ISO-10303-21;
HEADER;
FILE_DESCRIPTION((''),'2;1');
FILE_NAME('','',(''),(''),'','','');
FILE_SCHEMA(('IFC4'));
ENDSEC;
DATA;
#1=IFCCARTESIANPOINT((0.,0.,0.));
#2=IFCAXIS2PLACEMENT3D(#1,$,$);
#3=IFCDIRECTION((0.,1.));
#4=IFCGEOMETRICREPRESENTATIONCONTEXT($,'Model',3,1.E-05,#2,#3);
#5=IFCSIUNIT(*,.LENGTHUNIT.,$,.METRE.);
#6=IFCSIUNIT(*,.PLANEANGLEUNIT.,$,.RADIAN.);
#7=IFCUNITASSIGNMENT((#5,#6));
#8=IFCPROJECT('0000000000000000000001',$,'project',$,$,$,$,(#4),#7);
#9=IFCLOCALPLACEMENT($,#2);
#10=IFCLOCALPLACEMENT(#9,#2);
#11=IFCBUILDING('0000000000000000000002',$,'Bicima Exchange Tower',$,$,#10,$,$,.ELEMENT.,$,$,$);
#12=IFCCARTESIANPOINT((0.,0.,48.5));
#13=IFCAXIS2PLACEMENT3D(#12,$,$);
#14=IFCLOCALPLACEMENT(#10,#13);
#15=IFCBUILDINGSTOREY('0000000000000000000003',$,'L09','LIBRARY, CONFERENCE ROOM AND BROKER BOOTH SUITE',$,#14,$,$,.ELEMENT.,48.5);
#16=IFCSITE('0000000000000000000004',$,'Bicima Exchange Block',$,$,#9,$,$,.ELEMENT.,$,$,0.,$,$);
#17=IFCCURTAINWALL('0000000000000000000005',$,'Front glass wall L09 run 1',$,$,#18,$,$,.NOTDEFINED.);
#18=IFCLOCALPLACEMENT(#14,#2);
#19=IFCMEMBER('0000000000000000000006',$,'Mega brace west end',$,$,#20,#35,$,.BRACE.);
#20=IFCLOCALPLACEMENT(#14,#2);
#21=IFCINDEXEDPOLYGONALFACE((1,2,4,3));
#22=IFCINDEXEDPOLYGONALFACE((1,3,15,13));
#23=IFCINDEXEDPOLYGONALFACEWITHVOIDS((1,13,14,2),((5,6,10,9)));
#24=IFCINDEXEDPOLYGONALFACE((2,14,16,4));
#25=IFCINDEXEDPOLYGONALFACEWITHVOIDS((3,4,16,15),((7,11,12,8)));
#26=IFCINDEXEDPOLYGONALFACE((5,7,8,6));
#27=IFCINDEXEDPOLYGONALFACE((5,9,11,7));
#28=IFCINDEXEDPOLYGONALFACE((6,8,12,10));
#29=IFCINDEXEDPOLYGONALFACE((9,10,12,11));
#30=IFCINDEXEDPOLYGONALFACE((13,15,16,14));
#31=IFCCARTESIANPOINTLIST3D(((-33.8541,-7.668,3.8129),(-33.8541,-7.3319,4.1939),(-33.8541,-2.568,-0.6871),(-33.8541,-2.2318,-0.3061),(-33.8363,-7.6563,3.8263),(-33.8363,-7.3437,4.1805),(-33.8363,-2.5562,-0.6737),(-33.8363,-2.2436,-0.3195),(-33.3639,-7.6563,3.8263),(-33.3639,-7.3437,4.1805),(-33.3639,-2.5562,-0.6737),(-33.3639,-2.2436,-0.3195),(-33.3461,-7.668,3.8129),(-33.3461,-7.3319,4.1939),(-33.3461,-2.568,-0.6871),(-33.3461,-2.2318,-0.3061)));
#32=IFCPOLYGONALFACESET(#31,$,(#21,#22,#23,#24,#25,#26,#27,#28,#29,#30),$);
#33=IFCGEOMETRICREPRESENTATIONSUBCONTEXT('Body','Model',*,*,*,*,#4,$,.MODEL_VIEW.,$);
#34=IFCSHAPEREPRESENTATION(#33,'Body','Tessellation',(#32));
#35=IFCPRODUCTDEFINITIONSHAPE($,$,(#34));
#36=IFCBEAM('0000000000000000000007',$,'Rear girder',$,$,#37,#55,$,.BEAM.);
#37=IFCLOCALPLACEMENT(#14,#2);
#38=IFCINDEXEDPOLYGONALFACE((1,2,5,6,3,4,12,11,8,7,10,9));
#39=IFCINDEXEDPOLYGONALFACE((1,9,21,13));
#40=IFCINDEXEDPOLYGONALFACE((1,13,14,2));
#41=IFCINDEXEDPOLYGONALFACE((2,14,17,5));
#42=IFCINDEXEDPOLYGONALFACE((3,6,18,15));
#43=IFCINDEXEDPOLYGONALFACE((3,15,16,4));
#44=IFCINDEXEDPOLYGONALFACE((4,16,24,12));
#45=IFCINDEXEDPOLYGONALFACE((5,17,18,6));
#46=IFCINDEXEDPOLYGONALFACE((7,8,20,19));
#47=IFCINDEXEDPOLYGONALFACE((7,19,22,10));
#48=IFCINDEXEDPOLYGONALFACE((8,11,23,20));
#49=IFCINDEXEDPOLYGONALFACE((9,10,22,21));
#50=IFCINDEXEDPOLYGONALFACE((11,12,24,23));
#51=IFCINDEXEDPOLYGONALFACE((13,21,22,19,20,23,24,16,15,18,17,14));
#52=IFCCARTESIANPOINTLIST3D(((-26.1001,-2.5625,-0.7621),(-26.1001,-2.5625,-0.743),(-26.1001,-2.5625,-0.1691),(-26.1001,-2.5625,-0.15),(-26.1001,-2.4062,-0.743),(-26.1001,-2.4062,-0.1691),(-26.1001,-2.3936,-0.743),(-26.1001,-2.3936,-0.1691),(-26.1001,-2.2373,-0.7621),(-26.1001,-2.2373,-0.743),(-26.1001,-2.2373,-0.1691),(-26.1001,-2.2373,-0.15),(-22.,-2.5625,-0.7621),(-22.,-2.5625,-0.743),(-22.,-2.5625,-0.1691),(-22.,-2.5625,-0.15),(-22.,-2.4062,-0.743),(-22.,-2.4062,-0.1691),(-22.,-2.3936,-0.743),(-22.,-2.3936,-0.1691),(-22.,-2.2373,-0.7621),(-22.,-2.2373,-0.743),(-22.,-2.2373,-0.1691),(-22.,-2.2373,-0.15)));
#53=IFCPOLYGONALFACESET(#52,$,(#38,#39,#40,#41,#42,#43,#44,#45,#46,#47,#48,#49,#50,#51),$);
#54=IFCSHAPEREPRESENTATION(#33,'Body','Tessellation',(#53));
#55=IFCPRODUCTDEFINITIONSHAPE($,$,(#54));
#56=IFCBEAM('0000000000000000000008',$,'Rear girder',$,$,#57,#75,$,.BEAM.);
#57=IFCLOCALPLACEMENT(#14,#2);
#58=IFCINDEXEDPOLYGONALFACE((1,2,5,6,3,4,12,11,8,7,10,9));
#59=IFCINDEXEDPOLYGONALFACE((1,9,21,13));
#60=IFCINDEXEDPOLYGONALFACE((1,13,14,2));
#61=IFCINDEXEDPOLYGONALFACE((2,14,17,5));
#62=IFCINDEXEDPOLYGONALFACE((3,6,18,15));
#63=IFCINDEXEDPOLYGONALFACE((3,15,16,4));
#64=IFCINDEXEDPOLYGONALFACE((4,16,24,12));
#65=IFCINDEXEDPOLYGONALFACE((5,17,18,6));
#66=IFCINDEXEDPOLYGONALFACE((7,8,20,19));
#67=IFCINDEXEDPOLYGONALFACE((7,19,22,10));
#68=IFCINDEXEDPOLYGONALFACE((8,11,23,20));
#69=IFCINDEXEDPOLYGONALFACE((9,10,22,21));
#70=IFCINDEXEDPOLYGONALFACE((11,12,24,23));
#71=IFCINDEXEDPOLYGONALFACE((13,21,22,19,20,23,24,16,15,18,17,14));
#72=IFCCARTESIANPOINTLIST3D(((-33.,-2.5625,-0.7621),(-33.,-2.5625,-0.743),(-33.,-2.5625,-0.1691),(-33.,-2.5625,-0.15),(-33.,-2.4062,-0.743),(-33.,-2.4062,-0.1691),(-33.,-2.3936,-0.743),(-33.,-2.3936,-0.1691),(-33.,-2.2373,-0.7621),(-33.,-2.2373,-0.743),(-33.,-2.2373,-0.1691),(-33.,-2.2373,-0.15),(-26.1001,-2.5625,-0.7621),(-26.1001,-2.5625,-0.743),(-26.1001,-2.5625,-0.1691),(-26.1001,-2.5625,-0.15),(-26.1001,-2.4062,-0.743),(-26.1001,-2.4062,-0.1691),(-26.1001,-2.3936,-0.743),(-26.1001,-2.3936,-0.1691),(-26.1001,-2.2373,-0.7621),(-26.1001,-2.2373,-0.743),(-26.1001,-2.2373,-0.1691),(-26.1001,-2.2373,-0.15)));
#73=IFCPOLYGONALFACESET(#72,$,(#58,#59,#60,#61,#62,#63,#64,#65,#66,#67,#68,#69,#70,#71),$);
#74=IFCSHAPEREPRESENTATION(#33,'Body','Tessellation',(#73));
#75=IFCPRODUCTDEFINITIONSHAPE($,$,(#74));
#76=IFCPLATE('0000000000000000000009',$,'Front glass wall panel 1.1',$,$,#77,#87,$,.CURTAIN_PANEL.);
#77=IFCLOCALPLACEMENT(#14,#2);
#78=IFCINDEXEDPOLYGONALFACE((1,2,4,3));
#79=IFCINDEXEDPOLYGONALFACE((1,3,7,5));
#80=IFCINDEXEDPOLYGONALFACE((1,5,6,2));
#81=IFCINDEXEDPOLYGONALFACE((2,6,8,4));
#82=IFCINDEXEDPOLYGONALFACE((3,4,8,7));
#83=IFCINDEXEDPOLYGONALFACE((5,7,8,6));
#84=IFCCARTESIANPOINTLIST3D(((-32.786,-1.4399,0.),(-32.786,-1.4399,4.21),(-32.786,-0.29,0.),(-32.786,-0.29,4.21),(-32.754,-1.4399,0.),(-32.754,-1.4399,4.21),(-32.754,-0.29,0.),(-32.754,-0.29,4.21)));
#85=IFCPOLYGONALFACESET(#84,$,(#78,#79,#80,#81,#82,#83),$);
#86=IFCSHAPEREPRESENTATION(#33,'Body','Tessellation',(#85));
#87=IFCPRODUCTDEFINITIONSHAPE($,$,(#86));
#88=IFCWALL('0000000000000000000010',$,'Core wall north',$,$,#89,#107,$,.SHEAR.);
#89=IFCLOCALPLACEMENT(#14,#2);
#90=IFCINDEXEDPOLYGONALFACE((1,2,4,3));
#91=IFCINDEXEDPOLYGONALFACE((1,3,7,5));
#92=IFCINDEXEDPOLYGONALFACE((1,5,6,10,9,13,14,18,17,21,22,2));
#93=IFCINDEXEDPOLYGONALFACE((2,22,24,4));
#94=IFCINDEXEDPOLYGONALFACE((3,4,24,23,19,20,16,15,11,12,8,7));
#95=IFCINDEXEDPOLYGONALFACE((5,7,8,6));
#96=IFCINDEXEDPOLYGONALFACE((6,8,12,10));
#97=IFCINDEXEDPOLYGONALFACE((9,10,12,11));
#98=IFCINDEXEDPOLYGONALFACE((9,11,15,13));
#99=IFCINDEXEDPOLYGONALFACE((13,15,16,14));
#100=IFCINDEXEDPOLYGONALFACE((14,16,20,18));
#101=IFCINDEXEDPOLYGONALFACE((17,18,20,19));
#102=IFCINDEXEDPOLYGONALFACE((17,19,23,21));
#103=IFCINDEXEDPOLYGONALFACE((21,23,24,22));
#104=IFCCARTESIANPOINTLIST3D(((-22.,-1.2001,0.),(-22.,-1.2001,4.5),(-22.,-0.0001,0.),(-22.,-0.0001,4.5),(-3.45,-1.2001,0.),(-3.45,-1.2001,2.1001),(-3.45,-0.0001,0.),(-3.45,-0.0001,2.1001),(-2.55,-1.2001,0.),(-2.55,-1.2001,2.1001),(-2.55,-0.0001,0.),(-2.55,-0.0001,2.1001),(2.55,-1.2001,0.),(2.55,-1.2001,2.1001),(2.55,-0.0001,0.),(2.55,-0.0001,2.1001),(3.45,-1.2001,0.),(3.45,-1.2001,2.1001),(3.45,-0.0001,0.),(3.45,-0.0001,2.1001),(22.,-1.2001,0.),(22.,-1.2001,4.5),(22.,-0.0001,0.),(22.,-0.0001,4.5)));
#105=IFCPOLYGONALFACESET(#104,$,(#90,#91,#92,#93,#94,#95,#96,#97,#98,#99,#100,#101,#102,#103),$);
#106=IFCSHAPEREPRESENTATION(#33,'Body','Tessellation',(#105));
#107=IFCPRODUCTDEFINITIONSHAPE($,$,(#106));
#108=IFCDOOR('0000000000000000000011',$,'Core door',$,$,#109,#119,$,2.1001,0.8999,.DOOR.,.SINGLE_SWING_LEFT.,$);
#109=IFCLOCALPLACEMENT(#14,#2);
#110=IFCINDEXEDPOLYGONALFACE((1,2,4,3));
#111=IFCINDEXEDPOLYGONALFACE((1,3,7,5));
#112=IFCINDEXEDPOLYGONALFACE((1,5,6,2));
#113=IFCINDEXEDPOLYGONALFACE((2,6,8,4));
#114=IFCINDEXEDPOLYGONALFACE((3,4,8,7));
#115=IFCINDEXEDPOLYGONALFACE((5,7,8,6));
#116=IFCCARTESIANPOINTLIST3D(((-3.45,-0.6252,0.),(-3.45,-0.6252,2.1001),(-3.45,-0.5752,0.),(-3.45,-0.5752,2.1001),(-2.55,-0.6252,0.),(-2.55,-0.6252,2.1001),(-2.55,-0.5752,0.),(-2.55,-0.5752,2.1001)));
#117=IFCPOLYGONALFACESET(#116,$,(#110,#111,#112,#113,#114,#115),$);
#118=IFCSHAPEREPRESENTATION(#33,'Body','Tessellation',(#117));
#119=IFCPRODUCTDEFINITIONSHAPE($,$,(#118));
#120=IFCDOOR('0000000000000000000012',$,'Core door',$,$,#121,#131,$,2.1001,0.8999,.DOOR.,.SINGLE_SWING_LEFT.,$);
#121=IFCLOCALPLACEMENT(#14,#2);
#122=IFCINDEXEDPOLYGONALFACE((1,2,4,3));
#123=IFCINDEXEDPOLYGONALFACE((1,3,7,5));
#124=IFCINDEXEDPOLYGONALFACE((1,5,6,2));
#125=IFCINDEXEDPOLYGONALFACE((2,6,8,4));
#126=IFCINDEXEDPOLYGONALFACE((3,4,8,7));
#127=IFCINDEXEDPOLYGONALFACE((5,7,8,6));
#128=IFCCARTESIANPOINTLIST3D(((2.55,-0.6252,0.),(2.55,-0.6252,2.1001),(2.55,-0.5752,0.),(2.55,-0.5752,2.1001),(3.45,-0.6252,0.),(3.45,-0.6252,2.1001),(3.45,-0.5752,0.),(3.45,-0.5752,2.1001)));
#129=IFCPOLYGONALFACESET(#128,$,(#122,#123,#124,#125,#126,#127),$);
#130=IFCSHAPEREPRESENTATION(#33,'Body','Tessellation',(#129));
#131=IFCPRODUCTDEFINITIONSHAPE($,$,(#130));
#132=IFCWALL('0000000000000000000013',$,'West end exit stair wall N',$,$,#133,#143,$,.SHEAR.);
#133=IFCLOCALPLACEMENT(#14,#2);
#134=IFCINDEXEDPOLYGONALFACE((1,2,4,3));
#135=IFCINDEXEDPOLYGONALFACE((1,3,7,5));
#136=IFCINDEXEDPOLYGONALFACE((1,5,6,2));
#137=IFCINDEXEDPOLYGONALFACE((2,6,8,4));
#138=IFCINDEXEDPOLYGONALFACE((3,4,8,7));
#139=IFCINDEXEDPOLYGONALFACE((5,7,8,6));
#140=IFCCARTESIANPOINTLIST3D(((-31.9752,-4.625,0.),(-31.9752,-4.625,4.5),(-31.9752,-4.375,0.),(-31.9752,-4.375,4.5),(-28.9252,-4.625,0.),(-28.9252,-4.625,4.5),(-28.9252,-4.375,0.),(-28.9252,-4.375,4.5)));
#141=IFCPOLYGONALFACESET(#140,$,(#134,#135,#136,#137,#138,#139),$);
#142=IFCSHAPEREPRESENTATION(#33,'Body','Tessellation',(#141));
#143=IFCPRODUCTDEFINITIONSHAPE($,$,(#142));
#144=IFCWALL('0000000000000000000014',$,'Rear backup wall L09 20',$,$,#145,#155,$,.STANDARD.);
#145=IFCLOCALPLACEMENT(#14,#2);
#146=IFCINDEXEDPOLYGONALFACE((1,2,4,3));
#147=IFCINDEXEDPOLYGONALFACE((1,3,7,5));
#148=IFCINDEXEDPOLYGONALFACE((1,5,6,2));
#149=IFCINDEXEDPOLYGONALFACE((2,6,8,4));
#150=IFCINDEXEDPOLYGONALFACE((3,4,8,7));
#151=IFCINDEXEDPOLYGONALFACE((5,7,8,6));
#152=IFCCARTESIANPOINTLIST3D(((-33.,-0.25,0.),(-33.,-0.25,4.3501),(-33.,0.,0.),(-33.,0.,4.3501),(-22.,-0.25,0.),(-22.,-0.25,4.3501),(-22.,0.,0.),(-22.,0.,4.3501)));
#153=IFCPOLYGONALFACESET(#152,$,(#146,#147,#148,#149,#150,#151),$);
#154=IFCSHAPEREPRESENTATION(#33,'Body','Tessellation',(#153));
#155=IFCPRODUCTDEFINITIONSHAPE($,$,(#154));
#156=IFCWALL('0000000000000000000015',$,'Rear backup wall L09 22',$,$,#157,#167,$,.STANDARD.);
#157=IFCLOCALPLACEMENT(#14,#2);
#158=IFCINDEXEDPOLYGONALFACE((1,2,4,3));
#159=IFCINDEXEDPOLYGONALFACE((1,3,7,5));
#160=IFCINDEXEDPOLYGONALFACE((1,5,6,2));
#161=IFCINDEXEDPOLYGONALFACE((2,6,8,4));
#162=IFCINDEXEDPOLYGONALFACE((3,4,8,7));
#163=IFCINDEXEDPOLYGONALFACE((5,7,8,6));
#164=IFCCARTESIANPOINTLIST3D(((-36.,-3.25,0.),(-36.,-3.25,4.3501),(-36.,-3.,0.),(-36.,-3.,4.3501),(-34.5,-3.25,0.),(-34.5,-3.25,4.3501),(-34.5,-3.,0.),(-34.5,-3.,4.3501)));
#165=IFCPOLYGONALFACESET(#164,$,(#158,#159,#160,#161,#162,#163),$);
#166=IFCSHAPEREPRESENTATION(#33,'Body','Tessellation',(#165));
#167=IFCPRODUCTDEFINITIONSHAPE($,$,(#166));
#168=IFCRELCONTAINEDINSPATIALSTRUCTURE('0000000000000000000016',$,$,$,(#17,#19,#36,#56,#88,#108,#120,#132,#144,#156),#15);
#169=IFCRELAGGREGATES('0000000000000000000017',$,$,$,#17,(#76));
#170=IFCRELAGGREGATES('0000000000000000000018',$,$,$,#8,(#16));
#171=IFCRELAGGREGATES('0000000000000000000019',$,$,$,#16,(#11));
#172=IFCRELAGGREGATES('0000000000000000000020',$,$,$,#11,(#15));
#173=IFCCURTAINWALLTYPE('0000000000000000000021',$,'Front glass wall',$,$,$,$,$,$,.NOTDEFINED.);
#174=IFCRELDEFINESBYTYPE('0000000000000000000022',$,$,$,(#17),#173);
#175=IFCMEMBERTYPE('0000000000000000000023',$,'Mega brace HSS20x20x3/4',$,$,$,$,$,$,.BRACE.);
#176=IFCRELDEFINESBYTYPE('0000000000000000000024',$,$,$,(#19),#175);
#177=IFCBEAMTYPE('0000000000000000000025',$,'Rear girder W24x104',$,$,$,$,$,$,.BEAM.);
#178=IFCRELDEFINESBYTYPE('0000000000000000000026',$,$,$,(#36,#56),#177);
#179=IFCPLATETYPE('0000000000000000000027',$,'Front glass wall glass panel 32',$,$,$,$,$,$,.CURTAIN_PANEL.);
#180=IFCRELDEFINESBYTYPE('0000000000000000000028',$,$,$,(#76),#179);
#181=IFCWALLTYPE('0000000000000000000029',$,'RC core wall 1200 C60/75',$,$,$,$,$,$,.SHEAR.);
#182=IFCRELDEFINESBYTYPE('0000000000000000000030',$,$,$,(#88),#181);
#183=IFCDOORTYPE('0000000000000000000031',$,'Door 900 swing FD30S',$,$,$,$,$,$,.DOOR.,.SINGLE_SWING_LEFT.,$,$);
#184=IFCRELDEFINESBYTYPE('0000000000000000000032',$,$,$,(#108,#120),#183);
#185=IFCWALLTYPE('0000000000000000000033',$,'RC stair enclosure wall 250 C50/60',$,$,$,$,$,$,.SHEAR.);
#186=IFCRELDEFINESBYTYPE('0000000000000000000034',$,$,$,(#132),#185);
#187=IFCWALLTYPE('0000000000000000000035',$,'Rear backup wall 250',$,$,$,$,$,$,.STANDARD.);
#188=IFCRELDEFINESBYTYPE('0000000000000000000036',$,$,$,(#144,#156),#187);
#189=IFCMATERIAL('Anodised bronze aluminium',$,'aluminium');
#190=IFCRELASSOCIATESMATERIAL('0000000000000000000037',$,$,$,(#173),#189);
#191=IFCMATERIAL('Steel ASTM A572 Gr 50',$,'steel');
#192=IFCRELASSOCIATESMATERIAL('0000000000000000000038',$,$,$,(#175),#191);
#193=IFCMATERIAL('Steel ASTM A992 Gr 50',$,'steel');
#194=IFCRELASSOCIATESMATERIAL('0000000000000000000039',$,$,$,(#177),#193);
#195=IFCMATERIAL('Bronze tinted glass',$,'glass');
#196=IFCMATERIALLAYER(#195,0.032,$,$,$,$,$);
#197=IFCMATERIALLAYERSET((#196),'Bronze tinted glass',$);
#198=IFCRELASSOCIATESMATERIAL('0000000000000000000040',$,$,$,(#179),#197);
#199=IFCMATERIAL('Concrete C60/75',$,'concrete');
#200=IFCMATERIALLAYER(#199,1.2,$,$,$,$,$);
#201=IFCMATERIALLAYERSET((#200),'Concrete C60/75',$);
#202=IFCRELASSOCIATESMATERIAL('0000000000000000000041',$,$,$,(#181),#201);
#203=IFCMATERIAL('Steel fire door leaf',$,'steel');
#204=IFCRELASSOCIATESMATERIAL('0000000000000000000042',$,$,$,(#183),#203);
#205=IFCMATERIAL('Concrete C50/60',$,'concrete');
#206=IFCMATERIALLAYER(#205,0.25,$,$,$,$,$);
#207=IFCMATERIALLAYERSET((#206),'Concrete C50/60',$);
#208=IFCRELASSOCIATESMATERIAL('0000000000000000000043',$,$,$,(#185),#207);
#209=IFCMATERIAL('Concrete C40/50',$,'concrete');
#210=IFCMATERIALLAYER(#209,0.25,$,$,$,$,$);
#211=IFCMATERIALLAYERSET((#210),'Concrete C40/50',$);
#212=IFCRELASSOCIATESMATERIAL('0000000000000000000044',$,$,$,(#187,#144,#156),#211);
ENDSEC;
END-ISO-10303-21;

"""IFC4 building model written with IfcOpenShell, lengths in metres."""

from ifc_helpers import new_model, si_unit, direction, frame, frame_2d, origin, origin_2d, place, context, subcontext, project, spatial, rectangle, hollow_rectangle, i_section, extrude, material, layer, layer_set, layer_usage, material_profile, profile_set, type_object, element, fill, aggregate, save


model = new_model("IFC4")

# Units and contexts
model_context = context("Model", 3, precision=1e-05, world=origin(), true_north=direction((0.0, 1.0)))
body_context = subcontext(model_context, "Body", "Model", "MODEL_VIEW")
ifc_project = project(units=[si_unit("LENGTHUNIT", "METRE"), si_unit("PLANEANGLEUNIT", "RADIAN")], contexts=[model_context])

# Site, building, storey
site_placement = place(None, origin())
site = spatial("IfcSite", under=ifc_project, at=site_placement, Name="Bicima Exchange Block", CompositionType="ELEMENT", RefElevation=0.0)
building_placement = place(site_placement, origin())
building = spatial("IfcBuilding", under=site, at=building_placement, Name="Bicima Exchange Tower", CompositionType="ELEMENT")
storey_placement = place(building_placement, frame((0.0, 0.0, 48.5)))
storey = spatial("IfcBuildingStorey", under=building, at=storey_placement, Name="L09", Description="LIBRARY, CONFERENCE ROOM AND BROKER BOOTH SUITE", CompositionType="ELEMENT", Elevation=48.5)

# Shared definitions
ifc_material_1 = material(Name="Steel ASTM A572 Gr 50", Category="steel")
ifc_material_2 = material(Name="Steel ASTM A992 Gr 50", Category="steel")

# Curtain wall
ifc_material_3 = material(Name="Anodised bronze aluminium", Category="aluminium")
curtain_wall_type = type_object("IfcCurtainWallType", Name="Front glass wall", PredefinedType="NOTDEFINED", material=ifc_material_3)
curtain_wall_placement = place(storey_placement, origin())
curtain_wall = element("IfcCurtainWall", 1, at=curtain_wall_placement, inside=storey, type_object=curtain_wall_type, Name="Front glass wall L09 run 1", PredefinedType="NOTDEFINED")

# Member
ifc_material_profile_1 = material_profile(ifc_material_1, hollow_rectangle(XDim=0.5081, YDim=0.5081, WallThickness=0.0178, at=origin_2d()))
ifc_profile_set_1 = profile_set([ifc_material_profile_1], Name="Steel ASTM A572 Gr 50")
member_type_1 = type_object("IfcMemberType", Name="Mega brace HSS20x20x3/4", PredefinedType="BRACE", material=ifc_profile_set_1)
member_1_placement = place(storey_placement, frame((-33.6001, -2.3999, -0.4966), z_axis=(0.0, -0.749844, 0.661615), x_axis=(1.0, 0.0, 0.0)))
element("IfcMember", 2, at=member_1_placement, inside=storey, type_object=member_type_1, Name="Mega brace west end", PredefinedType="BRACE", context=body_context, shape_type="SweptSolid", body=[
    extrude(hollow_rectangle(XDim=0.5081, YDim=0.5081, WallThickness=0.0178, at=origin_2d()), origin(), (0.0, 0.0, 1.0), 6.8015),
])

# Beams
ifc_material_profile_2 = material_profile(ifc_material_2, i_section(OverallWidth=0.3252, OverallDepth=0.6121, WebThickness=0.0127, FlangeThickness=0.019, at=origin_2d()))
ifc_profile_set_2 = profile_set([ifc_material_profile_2], Name="Steel ASTM A992 Gr 50")
beam_type_1 = type_object("IfcBeamType", Name="Rear girder W24x104", PredefinedType="BEAM", material=ifc_profile_set_2)
beam_1_placement = place(storey_placement, frame((-22.0, -2.3999, -0.4561), z_axis=(-1.0, 0.0, 0.0), x_axis=(0.0, -1.0, 0.0)))
element("IfcBeam", 3, at=beam_1_placement, inside=storey, type_object=beam_type_1, Name="Rear girder", PredefinedType="BEAM", context=body_context, shape_type="SweptSolid", body=[
    extrude(i_section(OverallWidth=0.3252, OverallDepth=0.6121, WebThickness=0.0127, FlangeThickness=0.019, at=origin_2d()), origin(), (0.0, 0.0, 1.0), 4.1001),
])
beam_2_placement = place(storey_placement, frame((-26.1001, -2.3999, -0.4561), z_axis=(-1.0, 0.0, 0.0), x_axis=(0.0, -1.0, 0.0)))
element("IfcBeam", 4, at=beam_2_placement, inside=storey, type_object=beam_type_1, Name="Rear girder", PredefinedType="BEAM", context=body_context, shape_type="SweptSolid", body=[
    extrude(i_section(OverallWidth=0.3252, OverallDepth=0.6121, WebThickness=0.0127, FlangeThickness=0.019, at=origin_2d()), origin(), (0.0, 0.0, 1.0), 6.8999),
])

# Plate
ifc_material_4 = material(Name="Bronze tinted glass", Category="glass")
ifc_layer_1 = layer(ifc_material_4, 0.032)
ifc_layer_set_1 = layer_set([ifc_layer_1], Name="Bronze tinted glass")
plate_type = type_object("IfcPlateType", Name="Front glass wall glass panel 32", PredefinedType="CURTAIN_PANEL", material=ifc_layer_set_1)
plate_placement = place(storey_placement, frame((-32.77, -0.865, 0.0), z_axis=(0.0, 0.0, 1.0), x_axis=(0.0, -1.0, 0.0)))
plate = element("IfcPlate", 5, at=plate_placement, type_object=plate_type, Name="Front glass wall panel 1.1", PredefinedType="CURTAIN_PANEL", context=body_context, shape_type="SweptSolid", body=[
    extrude(rectangle(XDim=1.1499, YDim=0.032, at=origin_2d()), origin(), (0.0, 0.0, 1.0), 4.21),
])
aggregate(curtain_wall, [plate])

# Wall, openings, doors
ifc_material_5 = material(Name="Concrete C60/75", Category="concrete")
ifc_layer_2 = layer(ifc_material_5, 1.2)
ifc_layer_set_2 = layer_set([ifc_layer_2], Name="Concrete C60/75")
wall_type_1 = type_object("IfcWallType", Name="RC core wall 1200 C60/75", PredefinedType="SHEAR", material=ifc_layer_set_2)
wall_1_placement = place(storey_placement, frame((-22.0, -0.6001, 0.0), z_axis=(0.0, 0.0, 1.0), x_axis=(1.0, 0.0, 0.0)))
wall_1 = element("IfcWall", 6, at=wall_1_placement, inside=storey, type_object=wall_type_1, Name="Core wall north", PredefinedType="SHEAR", context=body_context, shape_type="SweptSolid", body=[
    extrude(rectangle(XDim=44.0, YDim=1.2, at=frame_2d((22.0, 0.0))), origin(), (0.0, 0.0, 1.0), 4.5),
])
opening_1_placement = place(wall_1_placement, frame((18.55, 0.0, 0.0)))
opening_1 = element("IfcOpeningElement", 7, at=opening_1_placement, cuts=wall_1, PredefinedType="OPENING", context=body_context, shape_type="SweptSolid", body=[
    extrude(rectangle(XDim=0.8999, YDim=2.1001, at=frame_2d((0.45, 1.05))), frame((0.0, 0.6118, 0.0), z_axis=(0.0, -1.0, 0.0), x_axis=(1.0, 0.0, 0.0)), (0.0, 0.0, 1.0), 1.2239),
])
opening_2_placement = place(wall_1_placement, frame((24.55, 0.0, 0.0)))
opening_2 = element("IfcOpeningElement", 8, at=opening_2_placement, cuts=wall_1, PredefinedType="OPENING", context=body_context, shape_type="SweptSolid", body=[
    extrude(rectangle(XDim=0.8999, YDim=2.1001, at=frame_2d((0.45, 1.05))), frame((0.0, 0.6118, 0.0), z_axis=(0.0, -1.0, 0.0), x_axis=(1.0, 0.0, 0.0)), (0.0, 0.0, 1.0), 1.2239),
])
ifc_material_6 = material(Name="Steel fire door leaf", Category="steel")
door_type = type_object("IfcDoorType", Name="Door 900 swing FD30S", OperationType="SINGLE_SWING_LEFT", PredefinedType="DOOR", material=ifc_material_6)
door_1_placement = place(opening_1_placement, origin())
door_1 = element("IfcDoor", 9, at=door_1_placement, inside=storey, type_object=door_type, Name="Core door", OperationType="SINGLE_SWING_LEFT", OverallHeight=2.1001, OverallWidth=0.8999, PredefinedType="DOOR", context=body_context, shape_type="SweptSolid", body=[
    extrude(rectangle(XDim=0.8999, YDim=2.1001, at=frame_2d((0.45, 1.05))), frame((0.0, 0.0249, 0.0), z_axis=(0.0, -1.0, 0.0), x_axis=(1.0, 0.0, 0.0)), (0.0, 0.0, 1.0), 0.05),
])
fill(opening_1, door_1)
door_2_placement = place(opening_2_placement, origin())
door_2 = element("IfcDoor", 10, at=door_2_placement, inside=storey, type_object=door_type, Name="Core door", OperationType="SINGLE_SWING_LEFT", OverallHeight=2.1001, OverallWidth=0.8999, PredefinedType="DOOR", context=body_context, shape_type="SweptSolid", body=[
    extrude(rectangle(XDim=0.8999, YDim=2.1001, at=frame_2d((0.45, 1.05))), frame((0.0, 0.0249, 0.0), z_axis=(0.0, -1.0, 0.0), x_axis=(1.0, 0.0, 0.0)), (0.0, 0.0, 1.0), 0.05),
])
fill(opening_2, door_2)

# Walls
ifc_material_7 = material(Name="Concrete C50/60", Category="concrete")
ifc_layer_3 = layer(ifc_material_7, 0.25)
ifc_layer_set_3 = layer_set([ifc_layer_3], Name="Concrete C50/60")
wall_type_2 = type_object("IfcWallType", Name="RC stair enclosure wall 250 C50/60", PredefinedType="SHEAR", material=ifc_layer_set_3)
wall_2_placement = place(storey_placement, frame((-31.9751, -4.5, 0.0), z_axis=(0.0, 0.0, 1.0), x_axis=(1.0, 0.0, 0.0)))
element("IfcWall", 11, at=wall_2_placement, inside=storey, type_object=wall_type_2, Name="West end exit stair wall N", PredefinedType="SHEAR", context=body_context, shape_type="SweptSolid", body=[
    extrude(rectangle(XDim=3.05, YDim=0.25, at=frame_2d((1.5249, 0.0))), origin(), (0.0, 0.0, 1.0), 4.5),
])
ifc_material_8 = material(Name="Concrete C40/50", Category="concrete")
ifc_layer_4 = layer(ifc_material_8, 0.25)
ifc_layer_set_4 = layer_set([ifc_layer_4], Name="Concrete C40/50")
ifc_layer_usage = layer_usage(ifc_layer_set_4, "AXIS2", "POSITIVE", -0.125)
wall_type_3 = type_object("IfcWallType", Name="Rear backup wall 250", PredefinedType="STANDARD", material=ifc_layer_set_4)
wall_3_placement = place(storey_placement, frame((-22.0, -0.125, 0.0), z_axis=(0.0, 0.0, 1.0), x_axis=(-1.0, 0.0, 0.0)))
element("IfcWall", 12, at=wall_3_placement, inside=storey, type_object=wall_type_3, material=ifc_layer_usage, Name="Rear backup wall L09 20", PredefinedType="STANDARD", context=body_context, shape_type="SweptSolid", body=[
    extrude(rectangle(XDim=11.0, YDim=0.25, at=frame_2d((5.5, 0.0))), origin(), (0.0, 0.0, 1.0), 4.3501),
])
wall_4_placement = place(storey_placement, frame((-34.5, -3.125, 0.0), z_axis=(0.0, 0.0, 1.0), x_axis=(-1.0, 0.0, 0.0)))
element("IfcWall", 13, at=wall_4_placement, inside=storey, type_object=wall_type_3, material=ifc_layer_usage, Name="Rear backup wall L09 22", PredefinedType="STANDARD", context=body_context, shape_type="SweptSolid", body=[
    extrude(rectangle(XDim=1.5, YDim=0.25, at=frame_2d((0.75, 0.0))), origin(), (0.0, 0.0, 1.0), 4.3501),
])

save(model, "model.ifc")
